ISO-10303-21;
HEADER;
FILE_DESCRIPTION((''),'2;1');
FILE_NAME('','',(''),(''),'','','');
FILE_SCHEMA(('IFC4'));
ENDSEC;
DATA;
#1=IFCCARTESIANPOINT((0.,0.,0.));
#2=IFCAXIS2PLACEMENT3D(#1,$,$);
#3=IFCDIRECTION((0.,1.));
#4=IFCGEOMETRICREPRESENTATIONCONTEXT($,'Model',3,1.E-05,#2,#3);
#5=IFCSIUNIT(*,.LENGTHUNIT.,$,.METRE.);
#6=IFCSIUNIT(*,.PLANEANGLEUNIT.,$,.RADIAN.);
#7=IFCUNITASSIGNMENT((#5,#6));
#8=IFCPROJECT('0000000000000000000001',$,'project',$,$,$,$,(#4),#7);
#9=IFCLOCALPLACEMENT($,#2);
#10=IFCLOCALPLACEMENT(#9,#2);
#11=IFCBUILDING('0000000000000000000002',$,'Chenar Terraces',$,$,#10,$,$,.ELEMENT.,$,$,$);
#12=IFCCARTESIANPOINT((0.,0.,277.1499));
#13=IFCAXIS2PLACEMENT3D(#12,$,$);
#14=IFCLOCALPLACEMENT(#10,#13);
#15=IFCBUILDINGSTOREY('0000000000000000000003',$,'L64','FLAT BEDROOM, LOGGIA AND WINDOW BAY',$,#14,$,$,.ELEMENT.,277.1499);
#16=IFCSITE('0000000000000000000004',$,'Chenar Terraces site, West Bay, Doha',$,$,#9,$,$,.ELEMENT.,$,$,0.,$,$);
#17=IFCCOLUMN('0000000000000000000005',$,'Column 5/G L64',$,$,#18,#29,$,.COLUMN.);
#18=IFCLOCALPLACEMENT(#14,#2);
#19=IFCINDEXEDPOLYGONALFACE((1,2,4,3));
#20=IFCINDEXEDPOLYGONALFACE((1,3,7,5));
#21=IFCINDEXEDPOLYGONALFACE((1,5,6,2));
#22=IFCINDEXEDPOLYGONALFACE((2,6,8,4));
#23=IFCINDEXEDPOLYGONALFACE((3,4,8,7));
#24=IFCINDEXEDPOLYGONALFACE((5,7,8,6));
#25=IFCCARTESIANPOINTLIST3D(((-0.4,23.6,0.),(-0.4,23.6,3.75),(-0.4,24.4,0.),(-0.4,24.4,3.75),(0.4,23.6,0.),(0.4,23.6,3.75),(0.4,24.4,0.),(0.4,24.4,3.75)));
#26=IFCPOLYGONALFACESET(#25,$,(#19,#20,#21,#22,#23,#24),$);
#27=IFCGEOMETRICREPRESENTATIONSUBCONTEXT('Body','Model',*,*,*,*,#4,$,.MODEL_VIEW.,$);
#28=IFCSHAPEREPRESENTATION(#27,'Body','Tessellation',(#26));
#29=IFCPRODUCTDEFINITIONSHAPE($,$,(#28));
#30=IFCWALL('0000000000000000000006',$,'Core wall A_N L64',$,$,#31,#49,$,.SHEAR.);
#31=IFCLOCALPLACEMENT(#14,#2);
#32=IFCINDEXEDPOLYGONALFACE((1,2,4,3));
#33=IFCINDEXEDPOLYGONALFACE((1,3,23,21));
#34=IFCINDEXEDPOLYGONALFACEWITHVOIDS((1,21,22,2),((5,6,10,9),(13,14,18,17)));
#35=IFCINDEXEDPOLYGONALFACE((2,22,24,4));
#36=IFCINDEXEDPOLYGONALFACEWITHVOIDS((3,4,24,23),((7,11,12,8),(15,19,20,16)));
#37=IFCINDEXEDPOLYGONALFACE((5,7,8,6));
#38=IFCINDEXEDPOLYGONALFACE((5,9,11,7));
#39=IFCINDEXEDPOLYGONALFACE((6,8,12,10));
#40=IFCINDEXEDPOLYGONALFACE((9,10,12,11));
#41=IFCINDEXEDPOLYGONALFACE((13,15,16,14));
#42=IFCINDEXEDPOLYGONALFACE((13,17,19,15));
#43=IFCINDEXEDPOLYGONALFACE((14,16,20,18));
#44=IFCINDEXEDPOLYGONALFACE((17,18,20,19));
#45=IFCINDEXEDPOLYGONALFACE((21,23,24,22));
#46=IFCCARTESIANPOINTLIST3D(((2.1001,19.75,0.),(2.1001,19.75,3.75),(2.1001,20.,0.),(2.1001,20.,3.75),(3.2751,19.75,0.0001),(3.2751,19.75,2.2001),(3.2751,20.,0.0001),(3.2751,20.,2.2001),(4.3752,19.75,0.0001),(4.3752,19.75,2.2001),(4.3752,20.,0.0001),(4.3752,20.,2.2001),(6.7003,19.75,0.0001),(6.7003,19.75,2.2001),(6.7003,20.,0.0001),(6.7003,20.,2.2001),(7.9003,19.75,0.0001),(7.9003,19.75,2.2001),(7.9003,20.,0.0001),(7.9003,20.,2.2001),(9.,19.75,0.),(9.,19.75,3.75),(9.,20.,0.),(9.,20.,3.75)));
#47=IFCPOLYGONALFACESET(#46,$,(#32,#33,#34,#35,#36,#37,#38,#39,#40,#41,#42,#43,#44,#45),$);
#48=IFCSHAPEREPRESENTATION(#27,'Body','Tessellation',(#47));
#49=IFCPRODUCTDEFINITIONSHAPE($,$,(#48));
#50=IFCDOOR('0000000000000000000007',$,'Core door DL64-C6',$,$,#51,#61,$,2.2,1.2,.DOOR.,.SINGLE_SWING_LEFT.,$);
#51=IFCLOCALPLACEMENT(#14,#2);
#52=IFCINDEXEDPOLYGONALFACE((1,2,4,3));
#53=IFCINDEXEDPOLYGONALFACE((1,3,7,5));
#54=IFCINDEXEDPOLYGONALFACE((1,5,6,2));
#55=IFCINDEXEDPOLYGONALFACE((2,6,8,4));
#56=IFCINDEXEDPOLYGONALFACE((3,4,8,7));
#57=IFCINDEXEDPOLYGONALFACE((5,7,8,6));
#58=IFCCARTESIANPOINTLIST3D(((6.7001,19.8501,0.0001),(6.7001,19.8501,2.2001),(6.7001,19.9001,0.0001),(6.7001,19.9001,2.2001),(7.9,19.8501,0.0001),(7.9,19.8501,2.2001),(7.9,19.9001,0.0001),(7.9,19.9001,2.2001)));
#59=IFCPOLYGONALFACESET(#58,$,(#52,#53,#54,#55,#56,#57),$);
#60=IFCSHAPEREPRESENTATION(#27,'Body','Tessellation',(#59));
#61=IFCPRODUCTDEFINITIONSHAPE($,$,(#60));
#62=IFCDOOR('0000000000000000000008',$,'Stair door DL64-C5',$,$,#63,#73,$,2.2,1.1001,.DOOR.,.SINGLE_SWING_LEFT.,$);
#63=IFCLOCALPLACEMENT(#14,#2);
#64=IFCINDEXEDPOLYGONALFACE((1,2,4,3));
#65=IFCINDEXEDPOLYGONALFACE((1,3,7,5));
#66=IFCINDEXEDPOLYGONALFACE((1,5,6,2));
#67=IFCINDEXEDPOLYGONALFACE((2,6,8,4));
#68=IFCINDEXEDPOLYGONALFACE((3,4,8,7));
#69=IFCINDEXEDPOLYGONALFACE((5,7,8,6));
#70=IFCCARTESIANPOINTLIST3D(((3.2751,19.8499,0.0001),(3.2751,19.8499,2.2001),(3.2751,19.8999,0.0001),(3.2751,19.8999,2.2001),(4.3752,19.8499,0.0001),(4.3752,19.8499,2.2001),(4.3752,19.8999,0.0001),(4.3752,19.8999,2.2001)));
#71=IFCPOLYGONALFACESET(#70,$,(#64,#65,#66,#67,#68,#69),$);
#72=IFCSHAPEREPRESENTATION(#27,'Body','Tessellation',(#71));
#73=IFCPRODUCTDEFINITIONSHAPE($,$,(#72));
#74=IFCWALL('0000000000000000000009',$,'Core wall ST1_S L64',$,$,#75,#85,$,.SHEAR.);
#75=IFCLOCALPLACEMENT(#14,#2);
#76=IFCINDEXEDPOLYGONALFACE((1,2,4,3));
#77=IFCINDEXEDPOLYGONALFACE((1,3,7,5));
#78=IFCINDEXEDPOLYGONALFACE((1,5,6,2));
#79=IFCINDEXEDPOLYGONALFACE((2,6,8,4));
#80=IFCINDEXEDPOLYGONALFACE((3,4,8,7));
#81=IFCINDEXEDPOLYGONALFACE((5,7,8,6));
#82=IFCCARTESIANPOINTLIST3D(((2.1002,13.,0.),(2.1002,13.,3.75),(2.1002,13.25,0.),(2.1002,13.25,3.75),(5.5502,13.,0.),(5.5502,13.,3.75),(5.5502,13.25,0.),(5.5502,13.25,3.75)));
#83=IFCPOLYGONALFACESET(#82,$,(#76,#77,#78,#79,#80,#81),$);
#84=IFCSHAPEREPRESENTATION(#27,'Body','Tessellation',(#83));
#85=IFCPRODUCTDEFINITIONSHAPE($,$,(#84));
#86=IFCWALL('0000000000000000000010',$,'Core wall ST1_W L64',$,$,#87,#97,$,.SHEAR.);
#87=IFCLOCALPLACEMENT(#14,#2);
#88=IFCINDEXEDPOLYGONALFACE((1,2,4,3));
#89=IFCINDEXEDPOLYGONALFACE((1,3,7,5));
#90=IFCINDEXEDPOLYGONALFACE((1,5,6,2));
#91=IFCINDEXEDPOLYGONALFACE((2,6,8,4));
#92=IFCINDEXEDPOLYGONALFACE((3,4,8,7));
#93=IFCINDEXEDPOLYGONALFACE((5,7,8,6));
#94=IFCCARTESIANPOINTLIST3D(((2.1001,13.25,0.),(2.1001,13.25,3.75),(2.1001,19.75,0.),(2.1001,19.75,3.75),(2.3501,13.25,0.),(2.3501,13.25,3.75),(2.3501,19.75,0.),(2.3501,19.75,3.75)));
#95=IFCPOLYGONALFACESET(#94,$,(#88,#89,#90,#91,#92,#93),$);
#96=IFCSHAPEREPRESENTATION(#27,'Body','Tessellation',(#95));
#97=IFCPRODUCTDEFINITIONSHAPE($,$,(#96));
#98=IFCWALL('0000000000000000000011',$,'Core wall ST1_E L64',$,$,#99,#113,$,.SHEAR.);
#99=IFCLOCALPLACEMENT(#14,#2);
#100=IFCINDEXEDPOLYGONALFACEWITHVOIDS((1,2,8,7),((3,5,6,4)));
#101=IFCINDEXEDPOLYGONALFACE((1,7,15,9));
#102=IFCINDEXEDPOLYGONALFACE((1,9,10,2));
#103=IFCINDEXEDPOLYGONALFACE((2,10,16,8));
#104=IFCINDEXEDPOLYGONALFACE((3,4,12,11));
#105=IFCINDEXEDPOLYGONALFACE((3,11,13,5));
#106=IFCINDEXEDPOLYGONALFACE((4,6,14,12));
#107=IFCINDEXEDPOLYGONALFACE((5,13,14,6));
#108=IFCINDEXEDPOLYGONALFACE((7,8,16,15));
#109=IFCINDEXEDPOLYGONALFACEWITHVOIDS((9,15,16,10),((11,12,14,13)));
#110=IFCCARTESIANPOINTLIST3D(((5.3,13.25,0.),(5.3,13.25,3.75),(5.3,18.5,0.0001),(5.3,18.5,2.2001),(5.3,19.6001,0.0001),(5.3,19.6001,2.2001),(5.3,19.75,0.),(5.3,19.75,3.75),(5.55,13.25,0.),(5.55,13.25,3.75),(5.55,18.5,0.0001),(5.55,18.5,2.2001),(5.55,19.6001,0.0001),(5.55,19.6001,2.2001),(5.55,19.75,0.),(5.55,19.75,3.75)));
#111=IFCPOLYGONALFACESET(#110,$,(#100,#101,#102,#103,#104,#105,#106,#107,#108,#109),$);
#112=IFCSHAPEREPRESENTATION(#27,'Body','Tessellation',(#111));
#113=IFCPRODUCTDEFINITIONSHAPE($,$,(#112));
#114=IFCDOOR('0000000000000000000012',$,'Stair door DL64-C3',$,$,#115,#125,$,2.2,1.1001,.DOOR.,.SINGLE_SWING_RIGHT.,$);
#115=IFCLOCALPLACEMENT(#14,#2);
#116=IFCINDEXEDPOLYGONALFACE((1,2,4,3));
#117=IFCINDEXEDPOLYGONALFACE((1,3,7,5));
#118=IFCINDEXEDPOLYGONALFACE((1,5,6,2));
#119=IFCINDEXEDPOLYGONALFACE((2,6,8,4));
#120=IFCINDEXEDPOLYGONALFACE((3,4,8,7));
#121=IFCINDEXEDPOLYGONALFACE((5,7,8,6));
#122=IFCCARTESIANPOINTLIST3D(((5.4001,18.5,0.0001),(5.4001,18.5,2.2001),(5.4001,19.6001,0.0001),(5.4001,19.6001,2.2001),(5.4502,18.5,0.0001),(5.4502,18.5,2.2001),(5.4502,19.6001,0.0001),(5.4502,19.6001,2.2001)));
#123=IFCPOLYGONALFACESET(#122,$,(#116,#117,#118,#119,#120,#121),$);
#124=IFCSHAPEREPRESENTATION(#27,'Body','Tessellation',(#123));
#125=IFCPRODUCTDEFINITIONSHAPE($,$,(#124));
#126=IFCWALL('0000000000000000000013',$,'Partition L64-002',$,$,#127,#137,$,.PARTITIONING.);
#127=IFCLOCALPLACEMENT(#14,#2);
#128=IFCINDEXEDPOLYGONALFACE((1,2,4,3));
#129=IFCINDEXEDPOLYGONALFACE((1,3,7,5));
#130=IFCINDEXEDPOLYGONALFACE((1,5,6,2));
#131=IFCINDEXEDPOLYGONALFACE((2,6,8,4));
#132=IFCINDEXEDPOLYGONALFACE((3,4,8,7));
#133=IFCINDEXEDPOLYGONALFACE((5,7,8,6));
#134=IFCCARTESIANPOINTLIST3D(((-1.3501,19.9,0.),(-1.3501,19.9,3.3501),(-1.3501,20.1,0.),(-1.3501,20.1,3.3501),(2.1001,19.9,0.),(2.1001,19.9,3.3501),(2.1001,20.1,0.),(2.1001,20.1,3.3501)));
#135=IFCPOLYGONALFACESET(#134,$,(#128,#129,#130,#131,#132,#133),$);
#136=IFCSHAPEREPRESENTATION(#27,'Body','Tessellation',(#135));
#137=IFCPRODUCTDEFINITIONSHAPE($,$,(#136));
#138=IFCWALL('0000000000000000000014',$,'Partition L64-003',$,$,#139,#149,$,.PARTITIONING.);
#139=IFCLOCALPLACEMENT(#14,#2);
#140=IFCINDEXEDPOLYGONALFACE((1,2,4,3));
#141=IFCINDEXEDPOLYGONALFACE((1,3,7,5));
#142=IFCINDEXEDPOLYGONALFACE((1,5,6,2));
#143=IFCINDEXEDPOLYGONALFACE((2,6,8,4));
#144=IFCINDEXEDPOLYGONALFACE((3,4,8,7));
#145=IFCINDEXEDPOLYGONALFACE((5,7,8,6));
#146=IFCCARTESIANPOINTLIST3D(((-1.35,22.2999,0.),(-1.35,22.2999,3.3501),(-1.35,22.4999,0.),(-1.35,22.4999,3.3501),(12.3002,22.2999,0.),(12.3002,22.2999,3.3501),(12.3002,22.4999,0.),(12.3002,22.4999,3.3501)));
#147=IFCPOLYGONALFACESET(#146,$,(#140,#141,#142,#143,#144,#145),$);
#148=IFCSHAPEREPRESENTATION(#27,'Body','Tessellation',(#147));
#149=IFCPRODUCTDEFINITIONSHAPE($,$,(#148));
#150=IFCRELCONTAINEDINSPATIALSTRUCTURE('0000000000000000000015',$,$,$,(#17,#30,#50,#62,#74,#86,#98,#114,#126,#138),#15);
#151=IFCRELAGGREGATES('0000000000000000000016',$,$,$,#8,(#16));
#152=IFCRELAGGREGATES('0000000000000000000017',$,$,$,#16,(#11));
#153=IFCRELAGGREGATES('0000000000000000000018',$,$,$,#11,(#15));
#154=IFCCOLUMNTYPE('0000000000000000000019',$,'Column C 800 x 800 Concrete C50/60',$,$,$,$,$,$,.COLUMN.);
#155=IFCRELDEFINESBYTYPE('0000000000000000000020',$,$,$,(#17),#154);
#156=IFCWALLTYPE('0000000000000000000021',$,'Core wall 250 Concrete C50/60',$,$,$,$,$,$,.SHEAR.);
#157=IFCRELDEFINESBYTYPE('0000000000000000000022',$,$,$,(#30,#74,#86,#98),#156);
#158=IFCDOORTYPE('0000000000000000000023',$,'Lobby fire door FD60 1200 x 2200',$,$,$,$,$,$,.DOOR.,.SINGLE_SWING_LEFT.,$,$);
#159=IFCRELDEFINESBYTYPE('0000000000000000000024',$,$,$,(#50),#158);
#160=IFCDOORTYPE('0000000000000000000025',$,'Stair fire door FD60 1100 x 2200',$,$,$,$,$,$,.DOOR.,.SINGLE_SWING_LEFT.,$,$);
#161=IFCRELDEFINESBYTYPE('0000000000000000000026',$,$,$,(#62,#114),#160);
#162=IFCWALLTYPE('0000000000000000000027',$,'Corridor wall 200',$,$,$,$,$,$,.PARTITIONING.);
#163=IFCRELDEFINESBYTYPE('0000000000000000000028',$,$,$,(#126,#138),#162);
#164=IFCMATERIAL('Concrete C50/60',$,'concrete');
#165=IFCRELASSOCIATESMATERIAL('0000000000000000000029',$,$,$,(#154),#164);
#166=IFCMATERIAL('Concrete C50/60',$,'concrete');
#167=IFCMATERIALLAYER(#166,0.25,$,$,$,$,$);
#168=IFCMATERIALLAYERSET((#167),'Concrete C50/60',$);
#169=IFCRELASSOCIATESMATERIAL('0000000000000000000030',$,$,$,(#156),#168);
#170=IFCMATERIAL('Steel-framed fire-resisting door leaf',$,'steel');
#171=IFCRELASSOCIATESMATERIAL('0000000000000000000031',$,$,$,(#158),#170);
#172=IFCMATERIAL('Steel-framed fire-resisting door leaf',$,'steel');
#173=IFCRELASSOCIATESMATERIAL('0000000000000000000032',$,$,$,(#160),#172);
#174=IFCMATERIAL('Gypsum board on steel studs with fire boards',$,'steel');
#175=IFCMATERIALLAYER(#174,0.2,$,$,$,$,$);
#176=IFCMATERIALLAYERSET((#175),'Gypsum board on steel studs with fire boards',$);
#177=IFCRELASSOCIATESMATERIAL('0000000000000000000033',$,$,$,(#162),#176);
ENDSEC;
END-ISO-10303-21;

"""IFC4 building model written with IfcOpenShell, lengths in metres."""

from ifc_helpers import new_model, si_unit, direction, frame, frame_2d, origin, origin_2d, place, context, subcontext, project, spatial, rectangle, extrude, material, layer, layer_set, material_profile, profile_set, type_object, element, fill, save


model = new_model("IFC4")

# Units and contexts
model_context = context("Model", 3, precision=1e-05, world=origin(), true_north=direction((0.0, 1.0)))
body_context = subcontext(model_context, "Body", "Model", "MODEL_VIEW")
ifc_project = project(units=[si_unit("LENGTHUNIT", "METRE"), si_unit("PLANEANGLEUNIT", "RADIAN")], contexts=[model_context])

# Site, building, storey
site_placement = place(None, origin())
site = spatial("IfcSite", under=ifc_project, at=site_placement, Name="Chenar Terraces site, West Bay, Doha", CompositionType="ELEMENT", RefElevation=0.0)
building_placement = place(site_placement, origin())
building = spatial("IfcBuilding", under=site, at=building_placement, Name="Chenar Terraces", CompositionType="ELEMENT")
storey_placement = place(building_placement, frame((0.0, 0.0, 277.1499)))
storey = spatial("IfcBuildingStorey", under=building, at=storey_placement, Name="L64", Description="FLAT BEDROOM, LOGGIA AND WINDOW BAY", CompositionType="ELEMENT", Elevation=277.1499)

# Column
ifc_material_1 = material(Name="Concrete C50/60", Category="concrete")
ifc_material_profile = material_profile(ifc_material_1, rectangle(XDim=0.8, YDim=0.8, at=origin_2d()), Name="C 800 x 800")
ifc_profile_set = profile_set([ifc_material_profile], Name="Concrete C50/60")
column_type = type_object("IfcColumnType", Name="Column C 800 x 800 Concrete C50/60", PredefinedType="COLUMN", material=ifc_profile_set)
column_placement = place(storey_placement, frame((0.0, 24.0, 0.0), z_axis=(0.0, 0.0, 1.0), x_axis=(1.0, 0.0, 0.0)))
element("IfcColumn", 1, at=column_placement, inside=storey, type_object=column_type, Name="Column 5/G L64", PredefinedType="COLUMN", context=body_context, shape_type="SweptSolid", body=[
    extrude(rectangle(XDim=0.8, YDim=0.8, at=origin_2d()), origin(), (0.0, 0.0, 1.0), 3.75),
])

# Wall, openings, doors
ifc_material_2 = material(Name="Concrete C50/60", Category="concrete")
ifc_layer_1 = layer(ifc_material_2, 0.25)
ifc_layer_set_1 = layer_set([ifc_layer_1], Name="Concrete C50/60")
wall_type_1 = type_object("IfcWallType", Name="Core wall 250 Concrete C50/60", PredefinedType="SHEAR", material=ifc_layer_set_1)
wall_1_placement = place(storey_placement, frame((2.1001, 19.875, 0.0), z_axis=(0.0, 0.0, 1.0), x_axis=(1.0, 0.0, 0.0)))
wall_1 = element("IfcWall", 2, at=wall_1_placement, inside=storey, type_object=wall_type_1, Name="Core wall A_N L64", PredefinedType="SHEAR", context=body_context, shape_type="SweptSolid", body=[
    extrude(rectangle(XDim=6.8999, YDim=0.25, at=frame_2d((3.45, 0.0))), origin(), (0.0, 0.0, 1.0), 3.75),
])
opening_1_placement = place(wall_1_placement, frame((1.175, 0.0, 0.0)))
opening_1 = element("IfcOpeningElement", 3, at=opening_1_placement, cuts=wall_1, PredefinedType="OPENING", context=body_context, shape_type="SweptSolid", body=[
    extrude(rectangle(XDim=1.1001, YDim=2.2, at=frame_2d((0.55, 1.1001))), frame((0.0, 0.135, 0.0), z_axis=(0.0, -1.0, 0.0), x_axis=(1.0, 0.0, 0.0)), (0.0, 0.0, 1.0), 0.27),
])
opening_2_placement = place(wall_1_placement, frame((4.6001, 0.0, 0.0)))
opening_2 = element("IfcOpeningElement", 4, at=opening_2_placement, cuts=wall_1, PredefinedType="OPENING", context=body_context, shape_type="SweptSolid", body=[
    extrude(rectangle(XDim=1.2, YDim=2.2, at=frame_2d((0.6001, 1.1001))), frame((0.0, 0.135, 0.0), z_axis=(0.0, -1.0, 0.0), x_axis=(1.0, 0.0, 0.0)), (0.0, 0.0, 1.0), 0.27),
])
ifc_material_3 = material(Name="Steel-framed fire-resisting door leaf", Category="steel")
door_type_1 = type_object("IfcDoorType", Name="Lobby fire door FD60 1200 x 2200", OperationType="SINGLE_SWING_LEFT", PredefinedType="DOOR", material=ifc_material_3)
door_1_placement = place(opening_2_placement, frame((1.2, 0.0, 0.0), z_axis=(0.0, 0.0, 1.0), x_axis=(-1.0, 0.0, 0.0)))
door_1 = element("IfcDoor", 5, at=door_1_placement, inside=storey, type_object=door_type_1, Name="Core door DL64-C6", OperationType="SINGLE_SWING_LEFT", OverallHeight=2.2, OverallWidth=1.2, PredefinedType="DOOR", context=body_context, shape_type="SweptSolid", body=[
    extrude(rectangle(XDim=1.2, YDim=2.2, at=frame_2d((0.6001, 1.1001))), frame((0.0, 0.0249, 0.0), z_axis=(0.0, -1.0, 0.0), x_axis=(1.0, 0.0, 0.0)), (0.0, 0.0, 1.0), 0.05),
])
fill(opening_2, door_1)
ifc_material_4 = material(Name="Steel-framed fire-resisting door leaf", Category="steel")
door_type_2 = type_object("IfcDoorType", Name="Stair fire door FD60 1100 x 2200", OperationType="SINGLE_SWING_LEFT", PredefinedType="DOOR", material=ifc_material_4)
door_2_placement = place(opening_1_placement, origin())
door_2 = element("IfcDoor", 6, at=door_2_placement, inside=storey, type_object=door_type_2, Name="Stair door DL64-C5", OperationType="SINGLE_SWING_LEFT", OverallHeight=2.2, OverallWidth=1.1001, PredefinedType="DOOR", context=body_context, shape_type="SweptSolid", body=[
    extrude(rectangle(XDim=1.1001, YDim=2.2, at=frame_2d((0.55, 1.1001))), frame((0.0, 0.0249, 0.0), z_axis=(0.0, -1.0, 0.0), x_axis=(1.0, 0.0, 0.0)), (0.0, 0.0, 1.0), 0.05),
])
fill(opening_1, door_2)

# Walls
wall_2_placement = place(storey_placement, frame((2.1001, 13.125, 0.0), z_axis=(0.0, 0.0, 1.0), x_axis=(1.0, 0.0, 0.0)))
element("IfcWall", 7, at=wall_2_placement, inside=storey, type_object=wall_type_1, Name="Core wall ST1_S L64", PredefinedType="SHEAR", context=body_context, shape_type="SweptSolid", body=[
    extrude(rectangle(XDim=3.45, YDim=0.25, at=frame_2d((1.7251, 0.0))), origin(), (0.0, 0.0, 1.0), 3.75),
])
wall_3_placement = place(storey_placement, frame((2.2251, 13.25, 0.0), z_axis=(0.0, 0.0, 1.0), x_axis=(0.0, 1.0, 0.0)))
element("IfcWall", 8, at=wall_3_placement, inside=storey, type_object=wall_type_1, Name="Core wall ST1_W L64", PredefinedType="SHEAR", context=body_context, shape_type="SweptSolid", body=[
    extrude(rectangle(XDim=6.5, YDim=0.25, at=frame_2d((3.25, 0.0))), origin(), (0.0, 0.0, 1.0), 3.75),
])

# Wall, opening, door
wall_4_placement = place(storey_placement, frame((5.425, 13.25, 0.0), z_axis=(0.0, 0.0, 1.0), x_axis=(0.0, 1.0, 0.0)))
wall_4 = element("IfcWall", 9, at=wall_4_placement, inside=storey, type_object=wall_type_1, Name="Core wall ST1_E L64", PredefinedType="SHEAR", context=body_context, shape_type="SweptSolid", body=[
    extrude(rectangle(XDim=6.5, YDim=0.25, at=frame_2d((3.25, 0.0))), origin(), (0.0, 0.0, 1.0), 3.75),
])
opening_3_placement = place(wall_4_placement, frame((5.25, 0.0, 0.0)))
opening_3 = element("IfcOpeningElement", 10, at=opening_3_placement, cuts=wall_4, PredefinedType="OPENING", context=body_context, shape_type="SweptSolid", body=[
    extrude(rectangle(XDim=1.1001, YDim=2.2, at=frame_2d((0.55, 1.1001))), frame((0.0, 0.135, 0.0), z_axis=(0.0, -1.0, 0.0), x_axis=(1.0, 0.0, 0.0)), (0.0, 0.0, 1.0), 0.27),
])
door_3_placement = place(opening_3_placement, origin())
door_3 = element("IfcDoor", 11, at=door_3_placement, inside=storey, type_object=door_type_2, Name="Stair door DL64-C3", OperationType="SINGLE_SWING_RIGHT", OverallHeight=2.2, OverallWidth=1.1001, PredefinedType="DOOR", context=body_context, shape_type="SweptSolid", body=[
    extrude(rectangle(XDim=1.1001, YDim=2.2, at=frame_2d((0.55, 1.1001))), frame((0.0, 0.0249, 0.0), z_axis=(0.0, -1.0, 0.0), x_axis=(1.0, 0.0, 0.0)), (0.0, 0.0, 1.0), 0.05),
])
fill(opening_3, door_3)

# Walls
ifc_material_5 = material(Name="Gypsum board on steel studs with fire boards", Category="steel")
ifc_layer_2 = layer(ifc_material_5, 0.2)
ifc_layer_set_2 = layer_set([ifc_layer_2], Name="Gypsum board on steel studs with fire boards")
wall_type_2 = type_object("IfcWallType", Name="Corridor wall 200", PredefinedType="PARTITIONING", material=ifc_layer_set_2)
wall_5_placement = place(storey_placement, frame((-1.3501, 20.0, 0.0), z_axis=(0.0, 0.0, 1.0), x_axis=(1.0, 0.0, 0.0)))
element("IfcWall", 12, at=wall_5_placement, inside=storey, type_object=wall_type_2, Name="Partition L64-002", PredefinedType="PARTITIONING", context=body_context, shape_type="SweptSolid", body=[
    extrude(rectangle(XDim=3.4502, YDim=0.2, at=frame_2d((1.7251, 0.0))), origin(), (0.0, 0.0, 1.0), 3.3501),
])
wall_6_placement = place(storey_placement, frame((-1.3501, 22.3999, 0.0), z_axis=(0.0, 0.0, 1.0), x_axis=(1.0, 0.0, 0.0)))
element("IfcWall", 13, at=wall_6_placement, inside=storey, type_object=wall_type_2, Name="Partition L64-003", PredefinedType="PARTITIONING", context=body_context, shape_type="SweptSolid", body=[
    extrude(rectangle(XDim=13.6501, YDim=0.2, at=frame_2d((6.8252, 0.0))), origin(), (0.0, 0.0, 1.0), 3.3501),
])

save(model, "model.ifc")
